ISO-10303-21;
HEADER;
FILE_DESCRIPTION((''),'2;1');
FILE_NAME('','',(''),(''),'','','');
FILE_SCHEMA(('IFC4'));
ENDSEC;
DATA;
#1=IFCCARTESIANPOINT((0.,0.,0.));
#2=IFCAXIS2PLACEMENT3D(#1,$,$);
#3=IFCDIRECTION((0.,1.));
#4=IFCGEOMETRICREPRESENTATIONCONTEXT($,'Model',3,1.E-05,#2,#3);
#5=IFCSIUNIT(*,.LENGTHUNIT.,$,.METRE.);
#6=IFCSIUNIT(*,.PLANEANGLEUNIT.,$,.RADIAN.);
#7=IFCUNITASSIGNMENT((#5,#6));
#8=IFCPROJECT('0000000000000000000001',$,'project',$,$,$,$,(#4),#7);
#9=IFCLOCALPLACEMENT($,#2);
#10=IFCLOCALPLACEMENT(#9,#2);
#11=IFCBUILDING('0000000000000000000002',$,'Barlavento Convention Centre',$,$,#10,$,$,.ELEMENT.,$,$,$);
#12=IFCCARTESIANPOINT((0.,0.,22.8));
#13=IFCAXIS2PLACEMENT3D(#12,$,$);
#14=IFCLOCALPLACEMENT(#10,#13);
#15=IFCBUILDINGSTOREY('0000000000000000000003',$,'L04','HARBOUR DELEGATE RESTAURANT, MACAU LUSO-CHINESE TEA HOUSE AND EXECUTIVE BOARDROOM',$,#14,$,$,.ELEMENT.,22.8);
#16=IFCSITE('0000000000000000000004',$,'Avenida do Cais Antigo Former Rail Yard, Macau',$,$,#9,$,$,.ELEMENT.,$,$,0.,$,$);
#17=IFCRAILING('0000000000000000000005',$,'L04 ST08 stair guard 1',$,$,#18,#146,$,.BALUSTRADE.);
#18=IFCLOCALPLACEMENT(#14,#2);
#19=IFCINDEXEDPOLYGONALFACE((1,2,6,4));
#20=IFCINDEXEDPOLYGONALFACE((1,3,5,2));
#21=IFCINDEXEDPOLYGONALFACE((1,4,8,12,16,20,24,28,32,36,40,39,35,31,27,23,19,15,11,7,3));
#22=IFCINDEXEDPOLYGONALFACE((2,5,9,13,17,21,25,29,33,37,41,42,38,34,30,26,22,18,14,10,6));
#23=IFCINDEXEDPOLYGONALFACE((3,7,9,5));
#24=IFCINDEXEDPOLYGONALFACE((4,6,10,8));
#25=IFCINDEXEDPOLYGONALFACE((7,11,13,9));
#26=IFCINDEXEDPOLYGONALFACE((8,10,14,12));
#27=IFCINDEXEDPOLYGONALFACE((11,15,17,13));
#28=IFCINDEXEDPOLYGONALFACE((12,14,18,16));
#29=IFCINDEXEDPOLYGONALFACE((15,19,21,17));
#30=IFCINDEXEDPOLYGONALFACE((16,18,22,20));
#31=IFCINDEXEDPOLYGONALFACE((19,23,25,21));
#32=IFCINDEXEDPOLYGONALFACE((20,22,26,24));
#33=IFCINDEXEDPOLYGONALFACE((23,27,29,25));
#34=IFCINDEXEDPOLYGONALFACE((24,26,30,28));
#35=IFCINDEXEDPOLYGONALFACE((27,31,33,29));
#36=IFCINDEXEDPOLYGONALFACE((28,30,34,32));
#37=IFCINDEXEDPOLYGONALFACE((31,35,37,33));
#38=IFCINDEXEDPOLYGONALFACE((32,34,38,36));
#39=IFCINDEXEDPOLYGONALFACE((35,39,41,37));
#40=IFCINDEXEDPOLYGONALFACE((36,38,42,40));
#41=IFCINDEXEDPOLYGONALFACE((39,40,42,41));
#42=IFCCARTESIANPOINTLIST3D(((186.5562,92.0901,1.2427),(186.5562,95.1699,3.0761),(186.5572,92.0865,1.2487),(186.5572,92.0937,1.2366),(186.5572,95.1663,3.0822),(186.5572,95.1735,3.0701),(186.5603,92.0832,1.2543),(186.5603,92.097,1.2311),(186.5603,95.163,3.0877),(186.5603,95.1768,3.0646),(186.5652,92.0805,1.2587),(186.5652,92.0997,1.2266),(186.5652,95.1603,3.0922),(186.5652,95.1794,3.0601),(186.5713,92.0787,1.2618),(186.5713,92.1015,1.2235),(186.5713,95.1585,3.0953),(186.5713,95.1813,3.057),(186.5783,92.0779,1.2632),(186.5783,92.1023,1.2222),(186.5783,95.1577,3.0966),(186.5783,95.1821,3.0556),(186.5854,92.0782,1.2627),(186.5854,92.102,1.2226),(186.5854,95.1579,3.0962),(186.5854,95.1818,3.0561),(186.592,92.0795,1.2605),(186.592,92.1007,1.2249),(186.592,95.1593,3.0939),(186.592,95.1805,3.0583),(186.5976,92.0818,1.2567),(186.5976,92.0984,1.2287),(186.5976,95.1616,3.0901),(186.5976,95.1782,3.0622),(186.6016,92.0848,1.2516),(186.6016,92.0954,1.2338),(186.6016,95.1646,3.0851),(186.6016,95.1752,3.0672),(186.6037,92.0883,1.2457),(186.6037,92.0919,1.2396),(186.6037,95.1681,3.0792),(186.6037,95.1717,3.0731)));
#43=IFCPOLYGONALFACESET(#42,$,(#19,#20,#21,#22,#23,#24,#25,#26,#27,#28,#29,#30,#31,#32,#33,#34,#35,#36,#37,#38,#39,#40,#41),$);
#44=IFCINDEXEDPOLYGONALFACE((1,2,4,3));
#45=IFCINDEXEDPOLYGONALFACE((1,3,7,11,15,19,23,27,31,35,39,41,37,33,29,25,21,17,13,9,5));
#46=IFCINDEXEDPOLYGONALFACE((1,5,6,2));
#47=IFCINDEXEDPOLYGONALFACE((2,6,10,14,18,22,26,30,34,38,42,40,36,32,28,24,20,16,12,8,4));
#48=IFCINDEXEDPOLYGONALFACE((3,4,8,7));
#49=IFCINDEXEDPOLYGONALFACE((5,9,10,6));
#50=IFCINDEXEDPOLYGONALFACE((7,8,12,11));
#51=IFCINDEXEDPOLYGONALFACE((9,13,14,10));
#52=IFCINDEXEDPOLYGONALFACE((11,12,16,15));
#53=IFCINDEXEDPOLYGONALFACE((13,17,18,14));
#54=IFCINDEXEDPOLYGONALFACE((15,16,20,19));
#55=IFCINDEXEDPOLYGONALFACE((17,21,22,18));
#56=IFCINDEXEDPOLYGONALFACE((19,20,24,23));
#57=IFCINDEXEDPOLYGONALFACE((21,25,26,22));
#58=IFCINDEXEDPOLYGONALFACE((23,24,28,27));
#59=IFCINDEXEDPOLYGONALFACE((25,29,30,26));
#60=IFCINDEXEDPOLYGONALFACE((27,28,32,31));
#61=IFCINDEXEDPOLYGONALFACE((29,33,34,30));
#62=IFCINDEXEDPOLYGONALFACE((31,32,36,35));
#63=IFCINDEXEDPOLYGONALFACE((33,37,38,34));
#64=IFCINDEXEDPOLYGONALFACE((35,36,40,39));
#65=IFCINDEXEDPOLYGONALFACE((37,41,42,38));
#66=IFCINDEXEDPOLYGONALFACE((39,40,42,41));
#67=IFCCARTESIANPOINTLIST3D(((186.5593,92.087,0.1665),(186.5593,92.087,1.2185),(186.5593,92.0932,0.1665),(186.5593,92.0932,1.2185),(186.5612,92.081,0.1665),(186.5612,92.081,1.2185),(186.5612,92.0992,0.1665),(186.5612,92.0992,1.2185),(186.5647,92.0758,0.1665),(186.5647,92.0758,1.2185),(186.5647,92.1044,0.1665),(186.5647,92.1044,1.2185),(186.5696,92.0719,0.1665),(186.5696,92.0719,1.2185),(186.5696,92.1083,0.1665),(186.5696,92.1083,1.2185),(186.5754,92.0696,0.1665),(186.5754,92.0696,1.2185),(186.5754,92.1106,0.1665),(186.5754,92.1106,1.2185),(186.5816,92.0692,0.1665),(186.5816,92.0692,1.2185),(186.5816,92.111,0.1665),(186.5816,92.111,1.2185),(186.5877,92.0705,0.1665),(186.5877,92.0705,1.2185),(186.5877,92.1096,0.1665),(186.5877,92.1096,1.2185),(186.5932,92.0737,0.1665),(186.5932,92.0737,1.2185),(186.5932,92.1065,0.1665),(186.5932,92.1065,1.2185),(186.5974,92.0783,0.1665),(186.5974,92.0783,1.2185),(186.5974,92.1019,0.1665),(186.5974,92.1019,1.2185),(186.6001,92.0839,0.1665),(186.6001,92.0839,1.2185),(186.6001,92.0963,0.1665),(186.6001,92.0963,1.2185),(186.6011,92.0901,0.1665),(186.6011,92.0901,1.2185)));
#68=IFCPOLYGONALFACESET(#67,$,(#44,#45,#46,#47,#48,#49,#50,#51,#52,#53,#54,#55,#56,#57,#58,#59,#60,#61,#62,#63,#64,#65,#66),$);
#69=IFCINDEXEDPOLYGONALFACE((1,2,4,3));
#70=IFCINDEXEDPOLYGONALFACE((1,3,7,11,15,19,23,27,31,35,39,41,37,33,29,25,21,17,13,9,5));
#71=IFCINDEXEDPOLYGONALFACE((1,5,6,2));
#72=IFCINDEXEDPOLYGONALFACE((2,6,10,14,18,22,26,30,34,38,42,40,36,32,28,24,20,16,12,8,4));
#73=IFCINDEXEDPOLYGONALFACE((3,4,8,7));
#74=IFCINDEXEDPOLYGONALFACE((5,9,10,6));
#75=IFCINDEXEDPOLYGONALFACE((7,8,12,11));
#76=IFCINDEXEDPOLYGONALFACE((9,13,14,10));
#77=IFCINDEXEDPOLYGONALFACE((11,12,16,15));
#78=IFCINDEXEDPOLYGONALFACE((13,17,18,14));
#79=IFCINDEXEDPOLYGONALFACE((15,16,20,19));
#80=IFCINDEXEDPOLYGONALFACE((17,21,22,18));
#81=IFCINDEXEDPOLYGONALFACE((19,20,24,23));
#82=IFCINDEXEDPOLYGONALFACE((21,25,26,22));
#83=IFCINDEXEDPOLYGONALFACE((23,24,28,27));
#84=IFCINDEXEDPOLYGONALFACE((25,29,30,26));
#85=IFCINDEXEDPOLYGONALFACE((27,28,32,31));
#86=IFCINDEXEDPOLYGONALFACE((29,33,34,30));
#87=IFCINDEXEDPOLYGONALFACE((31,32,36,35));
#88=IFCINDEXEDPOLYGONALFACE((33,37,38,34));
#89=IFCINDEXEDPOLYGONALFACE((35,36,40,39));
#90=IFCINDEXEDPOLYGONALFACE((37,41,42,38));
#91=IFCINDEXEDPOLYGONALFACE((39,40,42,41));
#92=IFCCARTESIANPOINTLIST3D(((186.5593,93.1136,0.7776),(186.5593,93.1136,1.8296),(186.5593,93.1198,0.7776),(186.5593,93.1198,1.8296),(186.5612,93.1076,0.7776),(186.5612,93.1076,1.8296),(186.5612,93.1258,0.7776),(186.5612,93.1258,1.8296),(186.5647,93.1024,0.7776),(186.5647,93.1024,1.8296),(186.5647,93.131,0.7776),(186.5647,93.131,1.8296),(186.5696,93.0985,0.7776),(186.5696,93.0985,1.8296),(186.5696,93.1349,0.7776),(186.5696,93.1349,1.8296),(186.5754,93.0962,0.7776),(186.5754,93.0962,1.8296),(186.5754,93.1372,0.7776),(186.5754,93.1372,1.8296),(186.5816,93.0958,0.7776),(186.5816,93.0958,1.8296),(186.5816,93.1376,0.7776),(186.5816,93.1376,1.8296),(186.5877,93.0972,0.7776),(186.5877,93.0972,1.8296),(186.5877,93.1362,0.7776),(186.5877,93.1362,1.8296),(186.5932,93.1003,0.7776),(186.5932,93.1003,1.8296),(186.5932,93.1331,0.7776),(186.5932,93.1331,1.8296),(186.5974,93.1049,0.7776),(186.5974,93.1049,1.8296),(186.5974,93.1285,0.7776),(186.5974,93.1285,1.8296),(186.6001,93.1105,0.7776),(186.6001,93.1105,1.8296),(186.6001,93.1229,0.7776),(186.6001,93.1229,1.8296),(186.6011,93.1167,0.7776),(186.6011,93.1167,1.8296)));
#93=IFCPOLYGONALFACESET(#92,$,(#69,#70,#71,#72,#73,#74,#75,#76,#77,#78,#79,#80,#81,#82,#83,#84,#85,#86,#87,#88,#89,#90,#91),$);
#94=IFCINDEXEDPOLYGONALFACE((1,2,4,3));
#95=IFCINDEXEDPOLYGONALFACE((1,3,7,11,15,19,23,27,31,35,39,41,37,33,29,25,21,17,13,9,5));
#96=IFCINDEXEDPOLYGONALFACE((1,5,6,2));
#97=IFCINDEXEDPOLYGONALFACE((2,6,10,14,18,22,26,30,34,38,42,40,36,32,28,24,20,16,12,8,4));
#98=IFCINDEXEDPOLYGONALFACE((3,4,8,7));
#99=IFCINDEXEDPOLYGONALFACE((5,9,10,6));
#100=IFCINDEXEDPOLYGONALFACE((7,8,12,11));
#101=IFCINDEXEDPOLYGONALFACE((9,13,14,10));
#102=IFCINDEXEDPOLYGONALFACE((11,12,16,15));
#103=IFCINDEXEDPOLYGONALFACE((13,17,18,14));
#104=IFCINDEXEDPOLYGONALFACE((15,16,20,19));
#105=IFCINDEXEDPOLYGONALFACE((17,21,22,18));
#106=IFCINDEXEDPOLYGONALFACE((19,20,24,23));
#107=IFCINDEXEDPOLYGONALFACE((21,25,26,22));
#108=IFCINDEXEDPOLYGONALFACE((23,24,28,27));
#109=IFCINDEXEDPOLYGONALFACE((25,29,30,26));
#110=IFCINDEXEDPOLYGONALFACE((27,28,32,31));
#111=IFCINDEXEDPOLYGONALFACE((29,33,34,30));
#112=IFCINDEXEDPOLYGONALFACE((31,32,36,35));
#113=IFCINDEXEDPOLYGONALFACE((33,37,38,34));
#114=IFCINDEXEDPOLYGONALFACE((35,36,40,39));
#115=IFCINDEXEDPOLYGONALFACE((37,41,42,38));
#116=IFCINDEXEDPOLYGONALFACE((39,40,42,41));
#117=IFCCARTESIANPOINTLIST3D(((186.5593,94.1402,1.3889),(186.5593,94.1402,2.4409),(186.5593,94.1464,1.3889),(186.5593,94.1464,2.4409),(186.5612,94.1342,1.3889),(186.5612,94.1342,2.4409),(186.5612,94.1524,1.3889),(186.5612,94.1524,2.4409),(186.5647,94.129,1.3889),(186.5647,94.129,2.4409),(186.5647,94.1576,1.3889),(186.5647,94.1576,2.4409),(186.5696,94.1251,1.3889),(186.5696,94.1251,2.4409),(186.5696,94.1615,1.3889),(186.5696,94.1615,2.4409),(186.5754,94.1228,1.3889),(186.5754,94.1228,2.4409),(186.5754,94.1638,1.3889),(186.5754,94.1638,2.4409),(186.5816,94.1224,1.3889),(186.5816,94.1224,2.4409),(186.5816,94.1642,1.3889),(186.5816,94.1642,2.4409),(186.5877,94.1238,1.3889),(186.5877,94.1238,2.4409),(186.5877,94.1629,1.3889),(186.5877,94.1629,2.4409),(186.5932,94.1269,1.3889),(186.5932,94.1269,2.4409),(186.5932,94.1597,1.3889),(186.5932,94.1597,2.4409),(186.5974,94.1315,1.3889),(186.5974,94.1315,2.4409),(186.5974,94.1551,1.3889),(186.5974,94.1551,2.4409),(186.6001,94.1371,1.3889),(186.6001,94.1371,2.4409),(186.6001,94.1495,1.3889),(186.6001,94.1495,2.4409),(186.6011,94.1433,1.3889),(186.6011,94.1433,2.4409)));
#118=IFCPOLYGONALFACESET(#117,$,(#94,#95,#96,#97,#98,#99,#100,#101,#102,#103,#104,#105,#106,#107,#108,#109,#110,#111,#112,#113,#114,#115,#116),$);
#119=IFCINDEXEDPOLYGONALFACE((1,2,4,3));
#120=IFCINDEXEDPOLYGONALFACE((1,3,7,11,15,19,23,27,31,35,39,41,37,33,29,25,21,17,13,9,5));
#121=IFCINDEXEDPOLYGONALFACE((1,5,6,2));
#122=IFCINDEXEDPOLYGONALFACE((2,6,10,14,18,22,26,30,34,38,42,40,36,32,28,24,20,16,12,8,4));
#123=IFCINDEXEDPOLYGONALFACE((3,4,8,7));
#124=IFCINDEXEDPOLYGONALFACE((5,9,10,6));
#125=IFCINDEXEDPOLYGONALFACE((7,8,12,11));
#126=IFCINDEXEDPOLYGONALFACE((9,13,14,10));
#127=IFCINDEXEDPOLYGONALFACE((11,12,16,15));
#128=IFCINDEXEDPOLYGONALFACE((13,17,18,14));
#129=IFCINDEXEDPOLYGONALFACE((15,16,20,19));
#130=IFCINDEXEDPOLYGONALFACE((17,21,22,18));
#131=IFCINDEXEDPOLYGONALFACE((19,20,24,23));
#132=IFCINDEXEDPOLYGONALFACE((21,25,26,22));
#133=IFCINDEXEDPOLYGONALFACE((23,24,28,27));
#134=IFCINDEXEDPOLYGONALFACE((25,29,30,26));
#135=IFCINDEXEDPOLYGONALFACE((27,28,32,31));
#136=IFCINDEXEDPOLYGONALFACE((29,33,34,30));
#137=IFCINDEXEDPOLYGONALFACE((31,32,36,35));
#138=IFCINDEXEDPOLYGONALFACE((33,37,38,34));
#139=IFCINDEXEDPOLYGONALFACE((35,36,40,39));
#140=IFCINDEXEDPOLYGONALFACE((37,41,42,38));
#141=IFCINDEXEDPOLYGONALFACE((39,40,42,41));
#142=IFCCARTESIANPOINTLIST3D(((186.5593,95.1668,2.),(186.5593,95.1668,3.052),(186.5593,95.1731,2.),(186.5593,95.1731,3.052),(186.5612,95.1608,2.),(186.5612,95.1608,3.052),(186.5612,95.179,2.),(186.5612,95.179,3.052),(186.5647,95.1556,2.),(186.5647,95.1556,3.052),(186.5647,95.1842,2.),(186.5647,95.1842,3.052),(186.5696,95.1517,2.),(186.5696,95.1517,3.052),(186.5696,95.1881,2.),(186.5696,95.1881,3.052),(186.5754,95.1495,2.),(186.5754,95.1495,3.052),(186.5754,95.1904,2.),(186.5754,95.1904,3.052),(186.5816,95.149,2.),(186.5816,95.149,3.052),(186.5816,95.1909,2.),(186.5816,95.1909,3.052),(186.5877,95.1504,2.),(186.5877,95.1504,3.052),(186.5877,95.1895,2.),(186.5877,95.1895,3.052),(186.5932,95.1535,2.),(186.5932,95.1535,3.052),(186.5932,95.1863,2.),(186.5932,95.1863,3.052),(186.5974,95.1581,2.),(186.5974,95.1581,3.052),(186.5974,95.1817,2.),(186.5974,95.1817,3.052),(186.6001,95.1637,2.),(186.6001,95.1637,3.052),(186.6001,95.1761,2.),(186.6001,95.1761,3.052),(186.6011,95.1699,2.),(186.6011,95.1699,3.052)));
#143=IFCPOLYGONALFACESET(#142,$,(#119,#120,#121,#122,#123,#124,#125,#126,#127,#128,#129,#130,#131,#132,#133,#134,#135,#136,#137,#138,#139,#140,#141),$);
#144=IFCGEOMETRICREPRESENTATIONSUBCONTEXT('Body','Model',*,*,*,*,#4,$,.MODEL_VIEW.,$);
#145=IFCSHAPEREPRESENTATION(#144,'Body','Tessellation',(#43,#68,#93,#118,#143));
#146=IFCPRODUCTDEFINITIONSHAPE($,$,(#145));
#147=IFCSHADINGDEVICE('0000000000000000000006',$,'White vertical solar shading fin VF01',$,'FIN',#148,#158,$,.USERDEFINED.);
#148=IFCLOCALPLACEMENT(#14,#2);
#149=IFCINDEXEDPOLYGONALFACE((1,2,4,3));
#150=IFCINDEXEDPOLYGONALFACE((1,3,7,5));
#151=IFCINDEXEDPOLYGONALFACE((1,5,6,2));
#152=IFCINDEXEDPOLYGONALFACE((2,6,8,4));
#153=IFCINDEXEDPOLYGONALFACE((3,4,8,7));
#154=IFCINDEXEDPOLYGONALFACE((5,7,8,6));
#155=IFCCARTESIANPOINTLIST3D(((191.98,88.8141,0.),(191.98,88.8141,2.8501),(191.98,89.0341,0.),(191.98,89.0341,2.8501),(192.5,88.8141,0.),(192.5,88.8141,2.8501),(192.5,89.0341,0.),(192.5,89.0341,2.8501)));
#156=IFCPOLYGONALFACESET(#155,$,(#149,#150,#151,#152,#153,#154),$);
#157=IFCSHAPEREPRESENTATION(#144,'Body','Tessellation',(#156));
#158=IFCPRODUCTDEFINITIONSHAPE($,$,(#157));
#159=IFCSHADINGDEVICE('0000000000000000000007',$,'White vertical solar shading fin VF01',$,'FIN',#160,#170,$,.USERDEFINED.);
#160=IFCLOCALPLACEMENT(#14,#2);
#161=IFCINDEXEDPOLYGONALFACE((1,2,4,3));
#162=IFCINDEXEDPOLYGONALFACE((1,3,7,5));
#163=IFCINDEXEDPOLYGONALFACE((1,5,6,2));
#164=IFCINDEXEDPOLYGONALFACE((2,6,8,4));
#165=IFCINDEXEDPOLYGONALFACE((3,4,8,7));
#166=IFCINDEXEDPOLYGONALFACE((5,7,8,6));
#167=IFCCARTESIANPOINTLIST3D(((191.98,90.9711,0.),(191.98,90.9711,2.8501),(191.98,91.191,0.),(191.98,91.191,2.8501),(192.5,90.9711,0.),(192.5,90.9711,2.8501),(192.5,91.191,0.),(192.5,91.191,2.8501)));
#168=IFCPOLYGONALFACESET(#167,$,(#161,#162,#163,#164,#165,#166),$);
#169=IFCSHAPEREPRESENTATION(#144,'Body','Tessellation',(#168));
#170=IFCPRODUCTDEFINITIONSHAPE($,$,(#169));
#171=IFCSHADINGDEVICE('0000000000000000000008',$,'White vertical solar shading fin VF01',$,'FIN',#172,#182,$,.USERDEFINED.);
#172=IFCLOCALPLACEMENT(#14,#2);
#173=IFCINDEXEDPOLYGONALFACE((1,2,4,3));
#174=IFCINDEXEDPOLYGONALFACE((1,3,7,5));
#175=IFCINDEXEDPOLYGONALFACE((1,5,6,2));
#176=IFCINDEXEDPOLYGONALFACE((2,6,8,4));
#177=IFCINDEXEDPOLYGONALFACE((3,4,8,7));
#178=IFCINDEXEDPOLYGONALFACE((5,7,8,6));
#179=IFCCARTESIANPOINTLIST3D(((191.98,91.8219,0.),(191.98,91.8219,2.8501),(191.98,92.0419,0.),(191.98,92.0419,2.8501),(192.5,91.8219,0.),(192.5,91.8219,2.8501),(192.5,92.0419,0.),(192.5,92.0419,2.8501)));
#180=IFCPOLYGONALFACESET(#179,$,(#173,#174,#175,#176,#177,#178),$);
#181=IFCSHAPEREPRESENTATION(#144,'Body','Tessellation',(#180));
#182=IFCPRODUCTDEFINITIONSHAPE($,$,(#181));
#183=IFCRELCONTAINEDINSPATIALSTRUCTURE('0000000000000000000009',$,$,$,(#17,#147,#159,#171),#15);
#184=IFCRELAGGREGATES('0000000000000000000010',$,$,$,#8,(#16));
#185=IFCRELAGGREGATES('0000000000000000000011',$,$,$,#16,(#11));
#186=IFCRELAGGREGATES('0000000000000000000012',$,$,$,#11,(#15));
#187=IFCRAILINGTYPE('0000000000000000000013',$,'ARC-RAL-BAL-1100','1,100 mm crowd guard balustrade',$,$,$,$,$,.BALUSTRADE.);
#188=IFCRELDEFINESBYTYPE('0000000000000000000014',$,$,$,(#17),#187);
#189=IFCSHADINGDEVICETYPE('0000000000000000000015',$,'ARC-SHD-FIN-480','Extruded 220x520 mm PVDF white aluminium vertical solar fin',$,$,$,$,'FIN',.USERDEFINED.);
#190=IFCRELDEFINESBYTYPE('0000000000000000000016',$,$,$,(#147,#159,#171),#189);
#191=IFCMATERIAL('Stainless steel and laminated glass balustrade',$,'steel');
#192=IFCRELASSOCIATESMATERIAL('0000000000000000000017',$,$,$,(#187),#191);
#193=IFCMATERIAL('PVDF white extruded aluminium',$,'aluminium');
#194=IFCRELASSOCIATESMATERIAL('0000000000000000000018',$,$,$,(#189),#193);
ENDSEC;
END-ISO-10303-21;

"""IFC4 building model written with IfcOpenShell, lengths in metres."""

from ifc_helpers import new_model, si_unit, direction, frame, origin, origin_2d, place, context, subcontext, project, spatial, rectangle, circle, extrude, material, type_object, element, save


model = new_model("IFC4")

# Units and contexts
model_context = context("Model", 3, precision=1e-05, world=origin(), true_north=direction((0.0, 1.0)))
body_context = subcontext(model_context, "Body", "Model", "MODEL_VIEW")
ifc_project = project(units=[si_unit("LENGTHUNIT", "METRE"), si_unit("PLANEANGLEUNIT", "RADIAN")], contexts=[model_context])

# Site, building, storey
site_placement = place(None, origin())
site = spatial("IfcSite", under=ifc_project, at=site_placement, Name="Avenida do Cais Antigo Former Rail Yard, Macau", CompositionType="ELEMENT", RefElevation=0.0)
building_placement = place(site_placement, origin())
building = spatial("IfcBuilding", under=site, at=building_placement, Name="Barlavento Convention Centre", CompositionType="ELEMENT")
storey_placement = place(building_placement, frame((0.0, 0.0, 22.8)))
storey = spatial("IfcBuildingStorey", under=building, at=storey_placement, Name="L04", Description="HARBOUR DELEGATE RESTAURANT, MACAU LUSO-CHINESE TEA HOUSE AND EXECUTIVE BOARDROOM", CompositionType="ELEMENT", Elevation=22.8)

# Railing
ifc_material_1 = material(Name="Stainless steel and laminated glass balustrade", Category="steel")
railing_type = type_object("IfcRailingType", Name="ARC-RAL-BAL-1100", Description="1,100 mm crowd guard balustrade", PredefinedType="BALUSTRADE", material=ifc_material_1)
railing_placement = place(storey_placement, frame((186.5801, 92.0901, 0.1665)))
element("IfcRailing", 1, at=railing_placement, inside=storey, type_object=railing_type, Name="L04 ST08 stair guard 1", PredefinedType="BALUSTRADE", context=body_context, shape_type="SweptSolid", body=[
    extrude(circle(Radius=0.0239, at=origin_2d()), frame((0.0, 0.0, 1.0762), z_axis=(0.0, 0.859261, 0.511538), x_axis=(-1.0, 0.0, 0.0)), (0.0, 0.0, 1.0), 3.5842),
    extrude(circle(Radius=0.021, at=origin_2d()), origin(), (0.0, 0.0, 1.0), 1.052),
    extrude(circle(Radius=0.021, at=origin_2d()), frame((0.0, 1.0266, 0.6111)), (0.0, 0.0, 1.0), 1.052),
    extrude(circle(Radius=0.021, at=origin_2d()), frame((0.0, 2.0532, 1.2224)), (0.0, 0.0, 1.0), 1.052),
    extrude(circle(Radius=0.021, at=origin_2d()), frame((0.0, 3.0798, 1.8335)), (0.0, 0.0, 1.0), 1.052),
])

# Shading devices
ifc_material_2 = material(Name="PVDF white extruded aluminium", Category="aluminium")
shading_device_type = type_object("IfcShadingDeviceType", Name="ARC-SHD-FIN-480", Description="Extruded 220x520 mm PVDF white aluminium vertical solar fin", ElementType="FIN", PredefinedType="USERDEFINED", material=ifc_material_2)
for number, where, z_axis, x_axis, name in (
    (2, (192.24, 88.9241, 0.0), (0.0, 0.0, 1.0), (0.0, 1.0, 0.0), "White vertical solar shading fin VF01"),
    (3, (192.24, 91.0811, 0.0), (0.0, 0.0, 1.0), (0.0, 1.0, 0.0), "White vertical solar shading fin VF01"),
    (4, (192.24, 91.9319, 0.0), (0.0, 0.0, 1.0), (0.0, 1.0, 0.0), "White vertical solar shading fin VF01"),
):
    element("IfcShadingDevice", number, at=place(storey_placement, frame(where, z_axis=z_axis, x_axis=x_axis)), inside=storey, type_object=shading_device_type, Name=name, ObjectType="FIN", PredefinedType="USERDEFINED", context=body_context, shape_type="SweptSolid", body=[
        extrude(rectangle(XDim=0.22, YDim=0.52, at=origin_2d()), origin(), (0.0, 0.0, 1.0), 2.8501),
    ])

save(model, "model.ifc")
